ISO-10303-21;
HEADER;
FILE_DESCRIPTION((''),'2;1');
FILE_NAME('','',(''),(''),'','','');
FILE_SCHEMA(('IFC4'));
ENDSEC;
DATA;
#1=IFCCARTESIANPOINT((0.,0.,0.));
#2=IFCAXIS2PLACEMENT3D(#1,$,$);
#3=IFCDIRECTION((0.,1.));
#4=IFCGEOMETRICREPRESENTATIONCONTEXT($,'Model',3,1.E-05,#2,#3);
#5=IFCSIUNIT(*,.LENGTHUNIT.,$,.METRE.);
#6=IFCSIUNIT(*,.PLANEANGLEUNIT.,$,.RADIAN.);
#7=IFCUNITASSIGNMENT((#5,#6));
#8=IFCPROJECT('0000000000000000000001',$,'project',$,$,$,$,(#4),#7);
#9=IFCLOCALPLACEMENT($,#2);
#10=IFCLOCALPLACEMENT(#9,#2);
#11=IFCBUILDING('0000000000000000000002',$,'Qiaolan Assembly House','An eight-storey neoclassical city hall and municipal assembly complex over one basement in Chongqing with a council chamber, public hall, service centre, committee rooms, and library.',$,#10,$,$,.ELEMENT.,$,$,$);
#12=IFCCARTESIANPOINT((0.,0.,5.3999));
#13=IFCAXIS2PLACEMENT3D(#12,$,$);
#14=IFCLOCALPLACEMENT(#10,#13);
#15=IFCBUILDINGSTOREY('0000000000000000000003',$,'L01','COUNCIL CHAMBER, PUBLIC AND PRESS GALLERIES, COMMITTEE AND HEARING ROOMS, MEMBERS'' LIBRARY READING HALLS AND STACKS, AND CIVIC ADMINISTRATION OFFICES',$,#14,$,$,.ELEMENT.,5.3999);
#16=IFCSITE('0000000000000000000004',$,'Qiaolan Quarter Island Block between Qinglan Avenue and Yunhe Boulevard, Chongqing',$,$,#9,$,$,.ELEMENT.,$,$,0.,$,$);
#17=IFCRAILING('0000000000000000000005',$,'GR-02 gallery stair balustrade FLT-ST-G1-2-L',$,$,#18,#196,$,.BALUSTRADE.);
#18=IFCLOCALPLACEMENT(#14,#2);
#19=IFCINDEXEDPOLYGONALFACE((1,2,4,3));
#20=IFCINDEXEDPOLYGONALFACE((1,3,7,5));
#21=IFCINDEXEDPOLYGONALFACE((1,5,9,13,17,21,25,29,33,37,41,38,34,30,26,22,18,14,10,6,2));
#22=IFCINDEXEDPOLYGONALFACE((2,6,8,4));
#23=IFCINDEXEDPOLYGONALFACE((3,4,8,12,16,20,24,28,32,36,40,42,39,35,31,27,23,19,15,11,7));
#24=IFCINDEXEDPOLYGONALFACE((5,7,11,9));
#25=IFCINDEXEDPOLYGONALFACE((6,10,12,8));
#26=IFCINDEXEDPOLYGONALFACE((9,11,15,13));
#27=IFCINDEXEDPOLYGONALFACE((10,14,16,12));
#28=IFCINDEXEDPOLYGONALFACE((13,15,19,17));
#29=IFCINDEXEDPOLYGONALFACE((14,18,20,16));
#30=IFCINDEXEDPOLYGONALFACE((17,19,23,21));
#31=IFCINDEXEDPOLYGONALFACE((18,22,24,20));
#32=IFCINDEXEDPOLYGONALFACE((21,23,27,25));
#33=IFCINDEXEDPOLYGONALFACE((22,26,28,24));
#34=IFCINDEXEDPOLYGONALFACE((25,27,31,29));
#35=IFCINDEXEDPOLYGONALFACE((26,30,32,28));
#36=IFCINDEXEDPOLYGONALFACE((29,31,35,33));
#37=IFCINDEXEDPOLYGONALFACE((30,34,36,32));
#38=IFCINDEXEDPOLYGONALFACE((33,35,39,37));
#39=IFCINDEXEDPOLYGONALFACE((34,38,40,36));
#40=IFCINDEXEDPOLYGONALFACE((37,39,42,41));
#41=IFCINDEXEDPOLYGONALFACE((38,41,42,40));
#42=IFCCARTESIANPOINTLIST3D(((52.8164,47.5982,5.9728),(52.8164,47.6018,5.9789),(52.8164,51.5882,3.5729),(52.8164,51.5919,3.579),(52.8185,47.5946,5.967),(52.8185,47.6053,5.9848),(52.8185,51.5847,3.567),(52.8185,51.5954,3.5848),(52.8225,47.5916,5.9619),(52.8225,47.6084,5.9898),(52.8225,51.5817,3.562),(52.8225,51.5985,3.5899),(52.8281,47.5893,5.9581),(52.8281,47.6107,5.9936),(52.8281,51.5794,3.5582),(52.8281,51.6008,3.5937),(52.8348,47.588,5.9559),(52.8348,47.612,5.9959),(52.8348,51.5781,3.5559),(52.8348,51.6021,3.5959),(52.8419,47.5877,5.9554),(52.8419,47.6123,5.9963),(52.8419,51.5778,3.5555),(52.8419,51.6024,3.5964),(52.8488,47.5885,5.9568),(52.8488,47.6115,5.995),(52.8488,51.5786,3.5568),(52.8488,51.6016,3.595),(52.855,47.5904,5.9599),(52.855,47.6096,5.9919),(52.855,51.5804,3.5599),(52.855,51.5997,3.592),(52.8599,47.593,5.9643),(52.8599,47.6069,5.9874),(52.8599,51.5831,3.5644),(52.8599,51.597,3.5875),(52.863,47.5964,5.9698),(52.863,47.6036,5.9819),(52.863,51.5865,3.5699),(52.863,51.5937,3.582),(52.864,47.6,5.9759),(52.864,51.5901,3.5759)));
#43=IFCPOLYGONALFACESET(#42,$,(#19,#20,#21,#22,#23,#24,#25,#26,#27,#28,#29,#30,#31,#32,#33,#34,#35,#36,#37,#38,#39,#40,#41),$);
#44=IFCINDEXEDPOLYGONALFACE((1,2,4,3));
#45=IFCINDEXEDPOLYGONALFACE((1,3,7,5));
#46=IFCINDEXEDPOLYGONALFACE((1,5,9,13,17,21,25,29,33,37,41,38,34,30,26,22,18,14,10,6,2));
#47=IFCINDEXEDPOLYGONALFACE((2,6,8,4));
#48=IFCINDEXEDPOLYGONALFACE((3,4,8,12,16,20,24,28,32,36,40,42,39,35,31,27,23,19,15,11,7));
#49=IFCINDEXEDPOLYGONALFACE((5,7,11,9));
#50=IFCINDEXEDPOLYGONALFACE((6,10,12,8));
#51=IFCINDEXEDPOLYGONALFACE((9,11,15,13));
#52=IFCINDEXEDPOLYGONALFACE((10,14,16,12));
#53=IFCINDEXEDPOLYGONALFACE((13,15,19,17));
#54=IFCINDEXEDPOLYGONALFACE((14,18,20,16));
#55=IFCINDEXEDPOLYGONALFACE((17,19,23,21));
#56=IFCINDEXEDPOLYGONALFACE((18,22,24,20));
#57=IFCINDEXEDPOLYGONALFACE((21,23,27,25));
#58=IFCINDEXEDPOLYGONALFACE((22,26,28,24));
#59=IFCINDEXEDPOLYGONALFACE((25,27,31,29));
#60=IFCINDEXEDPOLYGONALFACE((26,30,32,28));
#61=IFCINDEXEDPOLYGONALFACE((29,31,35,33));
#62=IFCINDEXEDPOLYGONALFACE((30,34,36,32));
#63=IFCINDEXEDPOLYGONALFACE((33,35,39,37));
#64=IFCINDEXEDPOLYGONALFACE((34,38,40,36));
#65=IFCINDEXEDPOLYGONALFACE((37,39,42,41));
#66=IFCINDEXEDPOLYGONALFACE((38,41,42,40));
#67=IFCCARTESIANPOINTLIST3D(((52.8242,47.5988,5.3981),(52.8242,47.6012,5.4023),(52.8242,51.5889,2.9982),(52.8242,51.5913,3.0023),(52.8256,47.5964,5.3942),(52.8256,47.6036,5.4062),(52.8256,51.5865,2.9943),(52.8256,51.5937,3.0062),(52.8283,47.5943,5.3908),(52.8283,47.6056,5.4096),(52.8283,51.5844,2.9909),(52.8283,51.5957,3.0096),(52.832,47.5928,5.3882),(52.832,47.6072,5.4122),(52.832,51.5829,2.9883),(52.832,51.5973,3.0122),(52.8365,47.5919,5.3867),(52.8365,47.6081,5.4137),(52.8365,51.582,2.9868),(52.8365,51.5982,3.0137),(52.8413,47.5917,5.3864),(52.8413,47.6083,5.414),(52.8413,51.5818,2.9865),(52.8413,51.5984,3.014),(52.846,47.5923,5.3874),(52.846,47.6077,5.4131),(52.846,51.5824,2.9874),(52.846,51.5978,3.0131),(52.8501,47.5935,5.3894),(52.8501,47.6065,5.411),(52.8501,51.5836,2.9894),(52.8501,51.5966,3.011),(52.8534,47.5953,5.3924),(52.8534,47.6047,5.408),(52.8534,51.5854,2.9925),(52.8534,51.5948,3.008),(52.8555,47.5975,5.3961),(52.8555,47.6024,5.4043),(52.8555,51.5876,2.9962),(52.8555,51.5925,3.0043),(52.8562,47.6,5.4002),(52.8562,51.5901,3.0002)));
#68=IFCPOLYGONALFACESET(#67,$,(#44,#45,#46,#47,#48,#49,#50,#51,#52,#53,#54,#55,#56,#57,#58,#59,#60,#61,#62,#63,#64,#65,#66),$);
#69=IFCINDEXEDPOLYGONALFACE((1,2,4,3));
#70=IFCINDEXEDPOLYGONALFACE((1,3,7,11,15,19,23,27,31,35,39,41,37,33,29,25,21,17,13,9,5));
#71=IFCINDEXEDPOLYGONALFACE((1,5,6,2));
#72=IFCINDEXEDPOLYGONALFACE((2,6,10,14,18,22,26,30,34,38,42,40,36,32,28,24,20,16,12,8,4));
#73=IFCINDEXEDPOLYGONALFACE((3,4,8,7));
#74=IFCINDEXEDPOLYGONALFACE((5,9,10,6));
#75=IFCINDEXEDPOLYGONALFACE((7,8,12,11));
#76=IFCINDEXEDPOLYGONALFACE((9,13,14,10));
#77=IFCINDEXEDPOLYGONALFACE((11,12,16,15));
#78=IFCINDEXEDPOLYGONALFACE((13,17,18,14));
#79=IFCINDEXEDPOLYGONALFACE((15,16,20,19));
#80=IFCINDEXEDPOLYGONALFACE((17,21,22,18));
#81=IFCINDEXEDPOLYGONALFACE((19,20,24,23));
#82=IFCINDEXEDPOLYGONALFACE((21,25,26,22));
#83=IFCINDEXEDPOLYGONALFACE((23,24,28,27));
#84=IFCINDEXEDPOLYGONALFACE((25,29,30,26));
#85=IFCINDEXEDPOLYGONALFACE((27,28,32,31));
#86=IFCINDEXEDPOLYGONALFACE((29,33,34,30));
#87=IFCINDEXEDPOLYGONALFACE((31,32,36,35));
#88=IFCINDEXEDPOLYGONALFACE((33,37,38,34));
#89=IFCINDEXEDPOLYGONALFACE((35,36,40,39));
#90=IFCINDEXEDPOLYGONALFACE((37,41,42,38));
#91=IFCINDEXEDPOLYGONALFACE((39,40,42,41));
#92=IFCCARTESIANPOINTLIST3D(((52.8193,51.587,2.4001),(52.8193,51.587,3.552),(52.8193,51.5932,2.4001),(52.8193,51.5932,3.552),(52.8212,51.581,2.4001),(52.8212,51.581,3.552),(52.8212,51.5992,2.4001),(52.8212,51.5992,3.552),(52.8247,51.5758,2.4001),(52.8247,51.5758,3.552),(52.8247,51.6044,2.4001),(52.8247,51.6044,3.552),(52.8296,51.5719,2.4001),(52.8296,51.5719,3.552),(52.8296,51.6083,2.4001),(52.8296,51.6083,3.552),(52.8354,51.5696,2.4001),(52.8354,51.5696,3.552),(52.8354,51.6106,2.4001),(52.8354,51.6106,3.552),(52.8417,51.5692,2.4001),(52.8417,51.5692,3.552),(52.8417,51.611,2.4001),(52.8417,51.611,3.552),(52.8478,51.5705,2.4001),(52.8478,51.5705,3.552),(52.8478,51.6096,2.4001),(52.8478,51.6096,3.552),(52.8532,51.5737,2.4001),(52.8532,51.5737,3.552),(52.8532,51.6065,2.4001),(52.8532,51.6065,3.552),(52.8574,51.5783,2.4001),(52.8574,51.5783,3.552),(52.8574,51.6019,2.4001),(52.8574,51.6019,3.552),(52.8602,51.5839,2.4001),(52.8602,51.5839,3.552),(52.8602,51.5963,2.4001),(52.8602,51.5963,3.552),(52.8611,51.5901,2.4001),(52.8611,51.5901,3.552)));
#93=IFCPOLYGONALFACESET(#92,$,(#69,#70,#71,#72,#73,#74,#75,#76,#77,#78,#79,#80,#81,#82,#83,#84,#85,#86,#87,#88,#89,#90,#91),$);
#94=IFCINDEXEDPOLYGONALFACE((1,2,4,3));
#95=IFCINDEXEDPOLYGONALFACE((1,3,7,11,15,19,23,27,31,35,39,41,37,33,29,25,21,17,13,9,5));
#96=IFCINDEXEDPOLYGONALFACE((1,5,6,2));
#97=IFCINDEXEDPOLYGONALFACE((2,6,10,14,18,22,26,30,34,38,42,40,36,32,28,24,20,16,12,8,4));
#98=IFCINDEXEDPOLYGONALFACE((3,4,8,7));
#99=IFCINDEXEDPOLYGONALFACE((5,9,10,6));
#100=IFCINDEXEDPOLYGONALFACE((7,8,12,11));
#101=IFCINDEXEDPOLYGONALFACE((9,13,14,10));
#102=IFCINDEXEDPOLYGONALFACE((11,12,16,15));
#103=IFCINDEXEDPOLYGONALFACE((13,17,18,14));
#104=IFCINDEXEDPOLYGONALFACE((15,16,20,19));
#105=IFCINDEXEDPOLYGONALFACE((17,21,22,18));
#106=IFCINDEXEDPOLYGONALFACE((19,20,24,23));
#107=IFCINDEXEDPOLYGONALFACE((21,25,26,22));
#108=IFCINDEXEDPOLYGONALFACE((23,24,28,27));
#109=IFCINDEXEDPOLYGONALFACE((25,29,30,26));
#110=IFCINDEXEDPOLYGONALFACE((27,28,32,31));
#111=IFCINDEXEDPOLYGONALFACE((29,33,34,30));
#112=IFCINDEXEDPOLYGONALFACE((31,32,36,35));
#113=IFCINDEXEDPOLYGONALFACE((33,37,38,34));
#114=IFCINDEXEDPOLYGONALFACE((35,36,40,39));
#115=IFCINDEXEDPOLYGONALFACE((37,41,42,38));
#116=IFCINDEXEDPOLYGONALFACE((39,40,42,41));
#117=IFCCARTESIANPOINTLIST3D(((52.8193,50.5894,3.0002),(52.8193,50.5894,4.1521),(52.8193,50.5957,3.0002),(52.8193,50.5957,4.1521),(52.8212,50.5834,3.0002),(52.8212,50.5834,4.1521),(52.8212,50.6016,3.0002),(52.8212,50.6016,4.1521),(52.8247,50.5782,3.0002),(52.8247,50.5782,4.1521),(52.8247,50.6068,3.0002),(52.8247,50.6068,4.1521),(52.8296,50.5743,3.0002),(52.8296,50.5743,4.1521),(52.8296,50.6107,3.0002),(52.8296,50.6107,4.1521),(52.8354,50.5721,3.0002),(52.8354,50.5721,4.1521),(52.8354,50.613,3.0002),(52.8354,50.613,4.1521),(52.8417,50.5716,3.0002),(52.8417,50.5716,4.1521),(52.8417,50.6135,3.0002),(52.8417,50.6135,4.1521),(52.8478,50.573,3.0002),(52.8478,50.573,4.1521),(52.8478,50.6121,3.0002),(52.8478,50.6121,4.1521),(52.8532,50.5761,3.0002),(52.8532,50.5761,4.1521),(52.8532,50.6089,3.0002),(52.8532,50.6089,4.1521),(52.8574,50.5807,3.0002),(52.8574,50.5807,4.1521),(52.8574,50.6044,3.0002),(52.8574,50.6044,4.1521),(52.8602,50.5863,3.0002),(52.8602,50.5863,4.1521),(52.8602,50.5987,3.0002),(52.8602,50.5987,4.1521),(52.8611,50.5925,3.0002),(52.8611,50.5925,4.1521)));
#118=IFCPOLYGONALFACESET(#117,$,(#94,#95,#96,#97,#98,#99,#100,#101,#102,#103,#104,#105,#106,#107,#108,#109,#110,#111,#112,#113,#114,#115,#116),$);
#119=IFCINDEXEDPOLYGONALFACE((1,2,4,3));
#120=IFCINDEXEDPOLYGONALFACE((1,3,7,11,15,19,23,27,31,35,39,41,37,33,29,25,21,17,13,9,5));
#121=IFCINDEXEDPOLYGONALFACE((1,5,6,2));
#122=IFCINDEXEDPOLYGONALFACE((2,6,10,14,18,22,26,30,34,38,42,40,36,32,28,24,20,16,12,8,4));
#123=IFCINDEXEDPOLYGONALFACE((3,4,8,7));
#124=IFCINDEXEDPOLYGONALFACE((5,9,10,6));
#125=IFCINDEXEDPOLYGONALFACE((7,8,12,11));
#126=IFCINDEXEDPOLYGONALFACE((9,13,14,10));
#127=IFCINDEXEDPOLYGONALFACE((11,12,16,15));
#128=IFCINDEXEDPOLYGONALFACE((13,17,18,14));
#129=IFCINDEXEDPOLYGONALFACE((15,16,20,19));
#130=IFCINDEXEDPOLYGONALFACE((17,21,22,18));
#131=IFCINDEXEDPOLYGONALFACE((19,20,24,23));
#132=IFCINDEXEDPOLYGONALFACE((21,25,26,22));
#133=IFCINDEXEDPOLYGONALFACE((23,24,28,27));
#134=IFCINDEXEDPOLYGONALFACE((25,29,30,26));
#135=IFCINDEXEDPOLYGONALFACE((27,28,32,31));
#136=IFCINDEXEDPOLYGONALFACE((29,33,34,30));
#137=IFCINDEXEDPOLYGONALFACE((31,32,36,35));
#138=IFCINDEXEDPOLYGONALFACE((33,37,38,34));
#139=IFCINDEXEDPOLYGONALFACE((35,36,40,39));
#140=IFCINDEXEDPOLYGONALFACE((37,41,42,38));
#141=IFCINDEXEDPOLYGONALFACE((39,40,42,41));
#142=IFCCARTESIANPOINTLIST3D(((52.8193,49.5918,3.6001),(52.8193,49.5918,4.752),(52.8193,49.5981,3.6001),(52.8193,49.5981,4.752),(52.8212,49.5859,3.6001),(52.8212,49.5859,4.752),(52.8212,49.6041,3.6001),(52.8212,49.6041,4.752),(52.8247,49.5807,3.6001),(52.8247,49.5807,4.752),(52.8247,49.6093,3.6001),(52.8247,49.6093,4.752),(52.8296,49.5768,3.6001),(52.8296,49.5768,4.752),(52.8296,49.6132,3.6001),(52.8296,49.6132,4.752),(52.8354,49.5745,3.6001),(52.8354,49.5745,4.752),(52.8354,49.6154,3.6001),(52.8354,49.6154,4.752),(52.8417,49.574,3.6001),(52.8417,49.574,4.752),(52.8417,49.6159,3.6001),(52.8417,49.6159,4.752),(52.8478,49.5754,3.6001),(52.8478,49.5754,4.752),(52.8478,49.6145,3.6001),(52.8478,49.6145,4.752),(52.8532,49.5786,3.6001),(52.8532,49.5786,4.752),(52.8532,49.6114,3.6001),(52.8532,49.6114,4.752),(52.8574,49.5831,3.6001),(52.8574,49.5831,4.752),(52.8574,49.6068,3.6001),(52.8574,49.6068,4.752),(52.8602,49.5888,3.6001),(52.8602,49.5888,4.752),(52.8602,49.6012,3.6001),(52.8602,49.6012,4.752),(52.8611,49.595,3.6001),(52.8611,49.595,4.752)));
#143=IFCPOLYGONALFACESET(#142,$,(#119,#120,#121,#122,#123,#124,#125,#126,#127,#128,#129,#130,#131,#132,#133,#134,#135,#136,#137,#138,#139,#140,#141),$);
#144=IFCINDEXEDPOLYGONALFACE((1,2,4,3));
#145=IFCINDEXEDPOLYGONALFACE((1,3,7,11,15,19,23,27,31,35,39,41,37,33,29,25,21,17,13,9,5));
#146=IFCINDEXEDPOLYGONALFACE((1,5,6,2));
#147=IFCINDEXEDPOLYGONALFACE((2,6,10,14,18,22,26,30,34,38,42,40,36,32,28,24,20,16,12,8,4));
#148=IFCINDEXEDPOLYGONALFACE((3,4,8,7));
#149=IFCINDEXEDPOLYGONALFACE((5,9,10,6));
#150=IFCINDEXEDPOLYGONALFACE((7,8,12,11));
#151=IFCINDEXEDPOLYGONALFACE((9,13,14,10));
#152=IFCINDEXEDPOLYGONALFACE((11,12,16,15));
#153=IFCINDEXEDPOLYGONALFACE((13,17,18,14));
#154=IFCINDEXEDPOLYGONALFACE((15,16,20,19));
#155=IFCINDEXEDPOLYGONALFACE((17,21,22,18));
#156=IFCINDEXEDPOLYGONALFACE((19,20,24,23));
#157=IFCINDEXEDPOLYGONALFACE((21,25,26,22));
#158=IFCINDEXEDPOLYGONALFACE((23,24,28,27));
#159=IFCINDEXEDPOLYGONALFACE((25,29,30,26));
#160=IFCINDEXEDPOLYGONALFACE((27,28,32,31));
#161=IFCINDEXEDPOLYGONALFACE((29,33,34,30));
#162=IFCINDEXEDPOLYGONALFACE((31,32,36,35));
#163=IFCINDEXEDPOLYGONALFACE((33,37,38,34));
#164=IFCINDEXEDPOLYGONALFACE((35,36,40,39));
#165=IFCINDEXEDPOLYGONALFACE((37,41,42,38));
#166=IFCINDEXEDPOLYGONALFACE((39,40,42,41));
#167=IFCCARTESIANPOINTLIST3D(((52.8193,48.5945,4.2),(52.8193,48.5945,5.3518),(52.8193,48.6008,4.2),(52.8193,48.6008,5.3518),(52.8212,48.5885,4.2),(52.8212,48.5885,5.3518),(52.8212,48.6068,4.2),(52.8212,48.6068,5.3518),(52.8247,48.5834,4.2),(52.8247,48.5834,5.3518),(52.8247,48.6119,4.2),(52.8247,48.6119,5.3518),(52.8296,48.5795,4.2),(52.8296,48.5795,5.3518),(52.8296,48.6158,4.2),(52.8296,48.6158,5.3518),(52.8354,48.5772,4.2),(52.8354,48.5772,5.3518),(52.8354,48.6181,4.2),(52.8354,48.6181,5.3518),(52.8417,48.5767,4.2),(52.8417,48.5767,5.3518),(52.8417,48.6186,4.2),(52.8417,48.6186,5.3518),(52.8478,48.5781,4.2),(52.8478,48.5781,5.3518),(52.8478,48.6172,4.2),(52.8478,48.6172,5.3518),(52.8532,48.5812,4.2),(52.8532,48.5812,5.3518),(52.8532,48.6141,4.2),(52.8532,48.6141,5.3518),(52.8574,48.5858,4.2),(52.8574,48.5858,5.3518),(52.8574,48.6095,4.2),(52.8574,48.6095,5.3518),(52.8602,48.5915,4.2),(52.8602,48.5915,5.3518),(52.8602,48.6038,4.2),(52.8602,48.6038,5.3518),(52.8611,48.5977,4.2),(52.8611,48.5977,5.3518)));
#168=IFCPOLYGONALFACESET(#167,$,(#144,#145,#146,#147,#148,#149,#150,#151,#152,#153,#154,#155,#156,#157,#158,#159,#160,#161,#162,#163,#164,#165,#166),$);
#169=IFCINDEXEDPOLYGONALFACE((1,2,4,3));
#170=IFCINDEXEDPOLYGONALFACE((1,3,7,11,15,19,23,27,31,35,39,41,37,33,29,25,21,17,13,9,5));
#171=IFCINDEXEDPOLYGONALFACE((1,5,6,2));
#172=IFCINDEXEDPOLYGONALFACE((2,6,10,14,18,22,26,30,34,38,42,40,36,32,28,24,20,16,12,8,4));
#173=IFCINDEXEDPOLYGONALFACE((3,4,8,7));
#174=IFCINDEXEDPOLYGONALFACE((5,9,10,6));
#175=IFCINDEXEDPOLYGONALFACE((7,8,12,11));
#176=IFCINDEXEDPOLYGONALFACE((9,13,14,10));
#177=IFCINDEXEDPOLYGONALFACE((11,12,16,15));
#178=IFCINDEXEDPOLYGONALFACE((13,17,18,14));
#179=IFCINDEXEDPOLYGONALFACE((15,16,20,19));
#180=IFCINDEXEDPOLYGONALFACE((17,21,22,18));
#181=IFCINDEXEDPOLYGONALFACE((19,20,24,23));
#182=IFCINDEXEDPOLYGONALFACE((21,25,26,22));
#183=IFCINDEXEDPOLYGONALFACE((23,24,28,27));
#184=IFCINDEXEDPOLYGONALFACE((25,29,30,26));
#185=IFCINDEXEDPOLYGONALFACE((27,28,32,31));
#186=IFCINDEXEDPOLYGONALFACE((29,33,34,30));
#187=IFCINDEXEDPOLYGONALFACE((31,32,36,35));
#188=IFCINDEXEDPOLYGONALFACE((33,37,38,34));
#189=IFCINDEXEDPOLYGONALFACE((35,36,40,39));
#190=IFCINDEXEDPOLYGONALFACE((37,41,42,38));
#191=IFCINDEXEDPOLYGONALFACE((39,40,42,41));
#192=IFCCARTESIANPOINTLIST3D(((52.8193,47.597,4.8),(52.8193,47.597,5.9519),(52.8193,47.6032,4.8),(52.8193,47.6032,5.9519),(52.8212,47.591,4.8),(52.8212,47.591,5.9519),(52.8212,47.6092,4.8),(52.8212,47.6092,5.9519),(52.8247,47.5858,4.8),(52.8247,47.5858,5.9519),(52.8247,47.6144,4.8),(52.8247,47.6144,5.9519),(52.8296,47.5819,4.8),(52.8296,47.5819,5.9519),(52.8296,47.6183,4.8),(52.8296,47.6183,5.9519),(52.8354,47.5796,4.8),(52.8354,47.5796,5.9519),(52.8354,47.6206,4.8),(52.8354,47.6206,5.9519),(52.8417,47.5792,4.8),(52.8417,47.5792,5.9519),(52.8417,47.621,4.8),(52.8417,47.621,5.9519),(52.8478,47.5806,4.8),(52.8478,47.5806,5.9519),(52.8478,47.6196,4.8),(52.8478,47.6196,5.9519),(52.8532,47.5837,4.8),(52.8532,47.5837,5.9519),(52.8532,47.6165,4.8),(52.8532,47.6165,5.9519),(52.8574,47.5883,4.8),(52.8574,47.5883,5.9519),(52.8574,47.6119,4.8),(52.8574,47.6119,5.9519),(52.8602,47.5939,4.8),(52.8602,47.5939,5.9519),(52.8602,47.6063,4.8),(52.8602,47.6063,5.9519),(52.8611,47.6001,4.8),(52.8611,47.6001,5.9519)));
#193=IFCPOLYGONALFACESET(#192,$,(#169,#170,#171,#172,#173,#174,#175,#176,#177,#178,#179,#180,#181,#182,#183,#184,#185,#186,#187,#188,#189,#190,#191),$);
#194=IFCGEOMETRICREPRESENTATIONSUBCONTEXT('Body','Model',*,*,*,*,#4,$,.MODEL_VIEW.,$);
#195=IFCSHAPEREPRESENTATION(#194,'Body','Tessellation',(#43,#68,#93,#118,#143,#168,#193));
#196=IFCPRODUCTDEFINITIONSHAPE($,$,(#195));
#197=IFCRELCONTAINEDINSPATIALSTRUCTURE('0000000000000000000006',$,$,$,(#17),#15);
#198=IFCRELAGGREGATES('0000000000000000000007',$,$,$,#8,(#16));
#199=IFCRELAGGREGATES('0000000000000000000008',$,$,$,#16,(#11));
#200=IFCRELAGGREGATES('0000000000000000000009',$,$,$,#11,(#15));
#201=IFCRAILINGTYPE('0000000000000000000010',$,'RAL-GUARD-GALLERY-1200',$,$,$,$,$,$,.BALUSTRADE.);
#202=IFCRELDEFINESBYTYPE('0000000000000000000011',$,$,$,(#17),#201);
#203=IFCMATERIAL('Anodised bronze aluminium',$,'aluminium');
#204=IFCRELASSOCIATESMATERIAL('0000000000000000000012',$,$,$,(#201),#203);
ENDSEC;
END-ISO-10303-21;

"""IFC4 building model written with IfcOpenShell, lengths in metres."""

from ifc_helpers import new_model, si_unit, direction, frame, origin, origin_2d, place, context, subcontext, project, spatial, circle, extrude, material, type_object, element, save


model = new_model("IFC4")

# Units and contexts
model_context = context("Model", 3, precision=1e-05, world=origin(), true_north=direction((0.0, 1.0)))
body_context = subcontext(model_context, "Body", "Model", "MODEL_VIEW")
ifc_project = project(units=[si_unit("LENGTHUNIT", "METRE"), si_unit("PLANEANGLEUNIT", "RADIAN")], contexts=[model_context])

# Site, building, storey
site_placement = place(None, origin())
site = spatial("IfcSite", under=ifc_project, at=site_placement, Name="Qiaolan Quarter Island Block between Qinglan Avenue and Yunhe Boulevard, Chongqing", CompositionType="ELEMENT", RefElevation=0.0)
building_placement = place(site_placement, origin())
building = spatial("IfcBuilding", under=site, at=building_placement, Name="Qiaolan Assembly House", Description="An eight-storey neoclassical city hall and municipal assembly complex over one basement in Chongqing with a council chamber, public hall, service centre, committee rooms, and library.", CompositionType="ELEMENT")
storey_placement = place(building_placement, frame((0.0, 0.0, 5.3999)))
storey = spatial("IfcBuildingStorey", under=building, at=storey_placement, Name="L01", Description="COUNCIL CHAMBER, PUBLIC AND PRESS GALLERIES, COMMITTEE AND HEARING ROOMS, MEMBERS' LIBRARY READING HALLS AND STACKS, AND CIVIC ADMINISTRATION OFFICES", CompositionType="ELEMENT", Elevation=5.3999)

# Railing
ifc_material_1 = material(Name="Anodised bronze aluminium", Category="aluminium")
railing_type = type_object("IfcRailingType", Name="RAL-GUARD-GALLERY-1200", PredefinedType="BALUSTRADE", material=ifc_material_1)
railing_1_placement = place(storey_placement, frame((52.8401, 51.5901, 2.4001)))
element("IfcRailing", 1, at=railing_1_placement, inside=storey, type_object=railing_type, Name="GR-02 gallery stair balustrade FLT-ST-G1-2-L", PredefinedType="BALUSTRADE", context=body_context, shape_type="SweptSolid", body=[
    extrude(circle(Radius=0.0239, at=origin_2d()), frame((0.0, 0.0, 1.1758), z_axis=(0.0, -0.856933, 0.515428), x_axis=(1.0, 0.0, 0.0)), (0.0, 0.0, 1.0), 4.6562),
    extrude(circle(Radius=0.0161, at=origin_2d()), frame((0.0, 0.0, 0.6001), z_axis=(0.0, -0.856933, 0.515428), x_axis=(1.0, 0.0, 0.0)), (0.0, 0.0, 1.0), 4.6562),
    extrude(circle(Radius=0.021, at=origin_2d()), origin(), (0.0, 0.0, 1.0), 1.1519),
    extrude(circle(Radius=0.021, at=origin_2d()), frame((0.0, -0.9976, 0.6001)), (0.0, 0.0, 1.0), 1.1519),
    extrude(circle(Radius=0.021, at=origin_2d()), frame((0.0, -1.9951, 1.2)), (0.0, 0.0, 1.0), 1.1519),
    extrude(circle(Radius=0.021, at=origin_2d()), frame((0.0, -2.9924, 1.7998)), (0.0, 0.0, 1.0), 1.1519),
    extrude(circle(Radius=0.021, at=origin_2d()), frame((0.0, -3.99, 2.3999)), (0.0, 0.0, 1.0), 1.1519),
])

save(model, "model.ifc")
